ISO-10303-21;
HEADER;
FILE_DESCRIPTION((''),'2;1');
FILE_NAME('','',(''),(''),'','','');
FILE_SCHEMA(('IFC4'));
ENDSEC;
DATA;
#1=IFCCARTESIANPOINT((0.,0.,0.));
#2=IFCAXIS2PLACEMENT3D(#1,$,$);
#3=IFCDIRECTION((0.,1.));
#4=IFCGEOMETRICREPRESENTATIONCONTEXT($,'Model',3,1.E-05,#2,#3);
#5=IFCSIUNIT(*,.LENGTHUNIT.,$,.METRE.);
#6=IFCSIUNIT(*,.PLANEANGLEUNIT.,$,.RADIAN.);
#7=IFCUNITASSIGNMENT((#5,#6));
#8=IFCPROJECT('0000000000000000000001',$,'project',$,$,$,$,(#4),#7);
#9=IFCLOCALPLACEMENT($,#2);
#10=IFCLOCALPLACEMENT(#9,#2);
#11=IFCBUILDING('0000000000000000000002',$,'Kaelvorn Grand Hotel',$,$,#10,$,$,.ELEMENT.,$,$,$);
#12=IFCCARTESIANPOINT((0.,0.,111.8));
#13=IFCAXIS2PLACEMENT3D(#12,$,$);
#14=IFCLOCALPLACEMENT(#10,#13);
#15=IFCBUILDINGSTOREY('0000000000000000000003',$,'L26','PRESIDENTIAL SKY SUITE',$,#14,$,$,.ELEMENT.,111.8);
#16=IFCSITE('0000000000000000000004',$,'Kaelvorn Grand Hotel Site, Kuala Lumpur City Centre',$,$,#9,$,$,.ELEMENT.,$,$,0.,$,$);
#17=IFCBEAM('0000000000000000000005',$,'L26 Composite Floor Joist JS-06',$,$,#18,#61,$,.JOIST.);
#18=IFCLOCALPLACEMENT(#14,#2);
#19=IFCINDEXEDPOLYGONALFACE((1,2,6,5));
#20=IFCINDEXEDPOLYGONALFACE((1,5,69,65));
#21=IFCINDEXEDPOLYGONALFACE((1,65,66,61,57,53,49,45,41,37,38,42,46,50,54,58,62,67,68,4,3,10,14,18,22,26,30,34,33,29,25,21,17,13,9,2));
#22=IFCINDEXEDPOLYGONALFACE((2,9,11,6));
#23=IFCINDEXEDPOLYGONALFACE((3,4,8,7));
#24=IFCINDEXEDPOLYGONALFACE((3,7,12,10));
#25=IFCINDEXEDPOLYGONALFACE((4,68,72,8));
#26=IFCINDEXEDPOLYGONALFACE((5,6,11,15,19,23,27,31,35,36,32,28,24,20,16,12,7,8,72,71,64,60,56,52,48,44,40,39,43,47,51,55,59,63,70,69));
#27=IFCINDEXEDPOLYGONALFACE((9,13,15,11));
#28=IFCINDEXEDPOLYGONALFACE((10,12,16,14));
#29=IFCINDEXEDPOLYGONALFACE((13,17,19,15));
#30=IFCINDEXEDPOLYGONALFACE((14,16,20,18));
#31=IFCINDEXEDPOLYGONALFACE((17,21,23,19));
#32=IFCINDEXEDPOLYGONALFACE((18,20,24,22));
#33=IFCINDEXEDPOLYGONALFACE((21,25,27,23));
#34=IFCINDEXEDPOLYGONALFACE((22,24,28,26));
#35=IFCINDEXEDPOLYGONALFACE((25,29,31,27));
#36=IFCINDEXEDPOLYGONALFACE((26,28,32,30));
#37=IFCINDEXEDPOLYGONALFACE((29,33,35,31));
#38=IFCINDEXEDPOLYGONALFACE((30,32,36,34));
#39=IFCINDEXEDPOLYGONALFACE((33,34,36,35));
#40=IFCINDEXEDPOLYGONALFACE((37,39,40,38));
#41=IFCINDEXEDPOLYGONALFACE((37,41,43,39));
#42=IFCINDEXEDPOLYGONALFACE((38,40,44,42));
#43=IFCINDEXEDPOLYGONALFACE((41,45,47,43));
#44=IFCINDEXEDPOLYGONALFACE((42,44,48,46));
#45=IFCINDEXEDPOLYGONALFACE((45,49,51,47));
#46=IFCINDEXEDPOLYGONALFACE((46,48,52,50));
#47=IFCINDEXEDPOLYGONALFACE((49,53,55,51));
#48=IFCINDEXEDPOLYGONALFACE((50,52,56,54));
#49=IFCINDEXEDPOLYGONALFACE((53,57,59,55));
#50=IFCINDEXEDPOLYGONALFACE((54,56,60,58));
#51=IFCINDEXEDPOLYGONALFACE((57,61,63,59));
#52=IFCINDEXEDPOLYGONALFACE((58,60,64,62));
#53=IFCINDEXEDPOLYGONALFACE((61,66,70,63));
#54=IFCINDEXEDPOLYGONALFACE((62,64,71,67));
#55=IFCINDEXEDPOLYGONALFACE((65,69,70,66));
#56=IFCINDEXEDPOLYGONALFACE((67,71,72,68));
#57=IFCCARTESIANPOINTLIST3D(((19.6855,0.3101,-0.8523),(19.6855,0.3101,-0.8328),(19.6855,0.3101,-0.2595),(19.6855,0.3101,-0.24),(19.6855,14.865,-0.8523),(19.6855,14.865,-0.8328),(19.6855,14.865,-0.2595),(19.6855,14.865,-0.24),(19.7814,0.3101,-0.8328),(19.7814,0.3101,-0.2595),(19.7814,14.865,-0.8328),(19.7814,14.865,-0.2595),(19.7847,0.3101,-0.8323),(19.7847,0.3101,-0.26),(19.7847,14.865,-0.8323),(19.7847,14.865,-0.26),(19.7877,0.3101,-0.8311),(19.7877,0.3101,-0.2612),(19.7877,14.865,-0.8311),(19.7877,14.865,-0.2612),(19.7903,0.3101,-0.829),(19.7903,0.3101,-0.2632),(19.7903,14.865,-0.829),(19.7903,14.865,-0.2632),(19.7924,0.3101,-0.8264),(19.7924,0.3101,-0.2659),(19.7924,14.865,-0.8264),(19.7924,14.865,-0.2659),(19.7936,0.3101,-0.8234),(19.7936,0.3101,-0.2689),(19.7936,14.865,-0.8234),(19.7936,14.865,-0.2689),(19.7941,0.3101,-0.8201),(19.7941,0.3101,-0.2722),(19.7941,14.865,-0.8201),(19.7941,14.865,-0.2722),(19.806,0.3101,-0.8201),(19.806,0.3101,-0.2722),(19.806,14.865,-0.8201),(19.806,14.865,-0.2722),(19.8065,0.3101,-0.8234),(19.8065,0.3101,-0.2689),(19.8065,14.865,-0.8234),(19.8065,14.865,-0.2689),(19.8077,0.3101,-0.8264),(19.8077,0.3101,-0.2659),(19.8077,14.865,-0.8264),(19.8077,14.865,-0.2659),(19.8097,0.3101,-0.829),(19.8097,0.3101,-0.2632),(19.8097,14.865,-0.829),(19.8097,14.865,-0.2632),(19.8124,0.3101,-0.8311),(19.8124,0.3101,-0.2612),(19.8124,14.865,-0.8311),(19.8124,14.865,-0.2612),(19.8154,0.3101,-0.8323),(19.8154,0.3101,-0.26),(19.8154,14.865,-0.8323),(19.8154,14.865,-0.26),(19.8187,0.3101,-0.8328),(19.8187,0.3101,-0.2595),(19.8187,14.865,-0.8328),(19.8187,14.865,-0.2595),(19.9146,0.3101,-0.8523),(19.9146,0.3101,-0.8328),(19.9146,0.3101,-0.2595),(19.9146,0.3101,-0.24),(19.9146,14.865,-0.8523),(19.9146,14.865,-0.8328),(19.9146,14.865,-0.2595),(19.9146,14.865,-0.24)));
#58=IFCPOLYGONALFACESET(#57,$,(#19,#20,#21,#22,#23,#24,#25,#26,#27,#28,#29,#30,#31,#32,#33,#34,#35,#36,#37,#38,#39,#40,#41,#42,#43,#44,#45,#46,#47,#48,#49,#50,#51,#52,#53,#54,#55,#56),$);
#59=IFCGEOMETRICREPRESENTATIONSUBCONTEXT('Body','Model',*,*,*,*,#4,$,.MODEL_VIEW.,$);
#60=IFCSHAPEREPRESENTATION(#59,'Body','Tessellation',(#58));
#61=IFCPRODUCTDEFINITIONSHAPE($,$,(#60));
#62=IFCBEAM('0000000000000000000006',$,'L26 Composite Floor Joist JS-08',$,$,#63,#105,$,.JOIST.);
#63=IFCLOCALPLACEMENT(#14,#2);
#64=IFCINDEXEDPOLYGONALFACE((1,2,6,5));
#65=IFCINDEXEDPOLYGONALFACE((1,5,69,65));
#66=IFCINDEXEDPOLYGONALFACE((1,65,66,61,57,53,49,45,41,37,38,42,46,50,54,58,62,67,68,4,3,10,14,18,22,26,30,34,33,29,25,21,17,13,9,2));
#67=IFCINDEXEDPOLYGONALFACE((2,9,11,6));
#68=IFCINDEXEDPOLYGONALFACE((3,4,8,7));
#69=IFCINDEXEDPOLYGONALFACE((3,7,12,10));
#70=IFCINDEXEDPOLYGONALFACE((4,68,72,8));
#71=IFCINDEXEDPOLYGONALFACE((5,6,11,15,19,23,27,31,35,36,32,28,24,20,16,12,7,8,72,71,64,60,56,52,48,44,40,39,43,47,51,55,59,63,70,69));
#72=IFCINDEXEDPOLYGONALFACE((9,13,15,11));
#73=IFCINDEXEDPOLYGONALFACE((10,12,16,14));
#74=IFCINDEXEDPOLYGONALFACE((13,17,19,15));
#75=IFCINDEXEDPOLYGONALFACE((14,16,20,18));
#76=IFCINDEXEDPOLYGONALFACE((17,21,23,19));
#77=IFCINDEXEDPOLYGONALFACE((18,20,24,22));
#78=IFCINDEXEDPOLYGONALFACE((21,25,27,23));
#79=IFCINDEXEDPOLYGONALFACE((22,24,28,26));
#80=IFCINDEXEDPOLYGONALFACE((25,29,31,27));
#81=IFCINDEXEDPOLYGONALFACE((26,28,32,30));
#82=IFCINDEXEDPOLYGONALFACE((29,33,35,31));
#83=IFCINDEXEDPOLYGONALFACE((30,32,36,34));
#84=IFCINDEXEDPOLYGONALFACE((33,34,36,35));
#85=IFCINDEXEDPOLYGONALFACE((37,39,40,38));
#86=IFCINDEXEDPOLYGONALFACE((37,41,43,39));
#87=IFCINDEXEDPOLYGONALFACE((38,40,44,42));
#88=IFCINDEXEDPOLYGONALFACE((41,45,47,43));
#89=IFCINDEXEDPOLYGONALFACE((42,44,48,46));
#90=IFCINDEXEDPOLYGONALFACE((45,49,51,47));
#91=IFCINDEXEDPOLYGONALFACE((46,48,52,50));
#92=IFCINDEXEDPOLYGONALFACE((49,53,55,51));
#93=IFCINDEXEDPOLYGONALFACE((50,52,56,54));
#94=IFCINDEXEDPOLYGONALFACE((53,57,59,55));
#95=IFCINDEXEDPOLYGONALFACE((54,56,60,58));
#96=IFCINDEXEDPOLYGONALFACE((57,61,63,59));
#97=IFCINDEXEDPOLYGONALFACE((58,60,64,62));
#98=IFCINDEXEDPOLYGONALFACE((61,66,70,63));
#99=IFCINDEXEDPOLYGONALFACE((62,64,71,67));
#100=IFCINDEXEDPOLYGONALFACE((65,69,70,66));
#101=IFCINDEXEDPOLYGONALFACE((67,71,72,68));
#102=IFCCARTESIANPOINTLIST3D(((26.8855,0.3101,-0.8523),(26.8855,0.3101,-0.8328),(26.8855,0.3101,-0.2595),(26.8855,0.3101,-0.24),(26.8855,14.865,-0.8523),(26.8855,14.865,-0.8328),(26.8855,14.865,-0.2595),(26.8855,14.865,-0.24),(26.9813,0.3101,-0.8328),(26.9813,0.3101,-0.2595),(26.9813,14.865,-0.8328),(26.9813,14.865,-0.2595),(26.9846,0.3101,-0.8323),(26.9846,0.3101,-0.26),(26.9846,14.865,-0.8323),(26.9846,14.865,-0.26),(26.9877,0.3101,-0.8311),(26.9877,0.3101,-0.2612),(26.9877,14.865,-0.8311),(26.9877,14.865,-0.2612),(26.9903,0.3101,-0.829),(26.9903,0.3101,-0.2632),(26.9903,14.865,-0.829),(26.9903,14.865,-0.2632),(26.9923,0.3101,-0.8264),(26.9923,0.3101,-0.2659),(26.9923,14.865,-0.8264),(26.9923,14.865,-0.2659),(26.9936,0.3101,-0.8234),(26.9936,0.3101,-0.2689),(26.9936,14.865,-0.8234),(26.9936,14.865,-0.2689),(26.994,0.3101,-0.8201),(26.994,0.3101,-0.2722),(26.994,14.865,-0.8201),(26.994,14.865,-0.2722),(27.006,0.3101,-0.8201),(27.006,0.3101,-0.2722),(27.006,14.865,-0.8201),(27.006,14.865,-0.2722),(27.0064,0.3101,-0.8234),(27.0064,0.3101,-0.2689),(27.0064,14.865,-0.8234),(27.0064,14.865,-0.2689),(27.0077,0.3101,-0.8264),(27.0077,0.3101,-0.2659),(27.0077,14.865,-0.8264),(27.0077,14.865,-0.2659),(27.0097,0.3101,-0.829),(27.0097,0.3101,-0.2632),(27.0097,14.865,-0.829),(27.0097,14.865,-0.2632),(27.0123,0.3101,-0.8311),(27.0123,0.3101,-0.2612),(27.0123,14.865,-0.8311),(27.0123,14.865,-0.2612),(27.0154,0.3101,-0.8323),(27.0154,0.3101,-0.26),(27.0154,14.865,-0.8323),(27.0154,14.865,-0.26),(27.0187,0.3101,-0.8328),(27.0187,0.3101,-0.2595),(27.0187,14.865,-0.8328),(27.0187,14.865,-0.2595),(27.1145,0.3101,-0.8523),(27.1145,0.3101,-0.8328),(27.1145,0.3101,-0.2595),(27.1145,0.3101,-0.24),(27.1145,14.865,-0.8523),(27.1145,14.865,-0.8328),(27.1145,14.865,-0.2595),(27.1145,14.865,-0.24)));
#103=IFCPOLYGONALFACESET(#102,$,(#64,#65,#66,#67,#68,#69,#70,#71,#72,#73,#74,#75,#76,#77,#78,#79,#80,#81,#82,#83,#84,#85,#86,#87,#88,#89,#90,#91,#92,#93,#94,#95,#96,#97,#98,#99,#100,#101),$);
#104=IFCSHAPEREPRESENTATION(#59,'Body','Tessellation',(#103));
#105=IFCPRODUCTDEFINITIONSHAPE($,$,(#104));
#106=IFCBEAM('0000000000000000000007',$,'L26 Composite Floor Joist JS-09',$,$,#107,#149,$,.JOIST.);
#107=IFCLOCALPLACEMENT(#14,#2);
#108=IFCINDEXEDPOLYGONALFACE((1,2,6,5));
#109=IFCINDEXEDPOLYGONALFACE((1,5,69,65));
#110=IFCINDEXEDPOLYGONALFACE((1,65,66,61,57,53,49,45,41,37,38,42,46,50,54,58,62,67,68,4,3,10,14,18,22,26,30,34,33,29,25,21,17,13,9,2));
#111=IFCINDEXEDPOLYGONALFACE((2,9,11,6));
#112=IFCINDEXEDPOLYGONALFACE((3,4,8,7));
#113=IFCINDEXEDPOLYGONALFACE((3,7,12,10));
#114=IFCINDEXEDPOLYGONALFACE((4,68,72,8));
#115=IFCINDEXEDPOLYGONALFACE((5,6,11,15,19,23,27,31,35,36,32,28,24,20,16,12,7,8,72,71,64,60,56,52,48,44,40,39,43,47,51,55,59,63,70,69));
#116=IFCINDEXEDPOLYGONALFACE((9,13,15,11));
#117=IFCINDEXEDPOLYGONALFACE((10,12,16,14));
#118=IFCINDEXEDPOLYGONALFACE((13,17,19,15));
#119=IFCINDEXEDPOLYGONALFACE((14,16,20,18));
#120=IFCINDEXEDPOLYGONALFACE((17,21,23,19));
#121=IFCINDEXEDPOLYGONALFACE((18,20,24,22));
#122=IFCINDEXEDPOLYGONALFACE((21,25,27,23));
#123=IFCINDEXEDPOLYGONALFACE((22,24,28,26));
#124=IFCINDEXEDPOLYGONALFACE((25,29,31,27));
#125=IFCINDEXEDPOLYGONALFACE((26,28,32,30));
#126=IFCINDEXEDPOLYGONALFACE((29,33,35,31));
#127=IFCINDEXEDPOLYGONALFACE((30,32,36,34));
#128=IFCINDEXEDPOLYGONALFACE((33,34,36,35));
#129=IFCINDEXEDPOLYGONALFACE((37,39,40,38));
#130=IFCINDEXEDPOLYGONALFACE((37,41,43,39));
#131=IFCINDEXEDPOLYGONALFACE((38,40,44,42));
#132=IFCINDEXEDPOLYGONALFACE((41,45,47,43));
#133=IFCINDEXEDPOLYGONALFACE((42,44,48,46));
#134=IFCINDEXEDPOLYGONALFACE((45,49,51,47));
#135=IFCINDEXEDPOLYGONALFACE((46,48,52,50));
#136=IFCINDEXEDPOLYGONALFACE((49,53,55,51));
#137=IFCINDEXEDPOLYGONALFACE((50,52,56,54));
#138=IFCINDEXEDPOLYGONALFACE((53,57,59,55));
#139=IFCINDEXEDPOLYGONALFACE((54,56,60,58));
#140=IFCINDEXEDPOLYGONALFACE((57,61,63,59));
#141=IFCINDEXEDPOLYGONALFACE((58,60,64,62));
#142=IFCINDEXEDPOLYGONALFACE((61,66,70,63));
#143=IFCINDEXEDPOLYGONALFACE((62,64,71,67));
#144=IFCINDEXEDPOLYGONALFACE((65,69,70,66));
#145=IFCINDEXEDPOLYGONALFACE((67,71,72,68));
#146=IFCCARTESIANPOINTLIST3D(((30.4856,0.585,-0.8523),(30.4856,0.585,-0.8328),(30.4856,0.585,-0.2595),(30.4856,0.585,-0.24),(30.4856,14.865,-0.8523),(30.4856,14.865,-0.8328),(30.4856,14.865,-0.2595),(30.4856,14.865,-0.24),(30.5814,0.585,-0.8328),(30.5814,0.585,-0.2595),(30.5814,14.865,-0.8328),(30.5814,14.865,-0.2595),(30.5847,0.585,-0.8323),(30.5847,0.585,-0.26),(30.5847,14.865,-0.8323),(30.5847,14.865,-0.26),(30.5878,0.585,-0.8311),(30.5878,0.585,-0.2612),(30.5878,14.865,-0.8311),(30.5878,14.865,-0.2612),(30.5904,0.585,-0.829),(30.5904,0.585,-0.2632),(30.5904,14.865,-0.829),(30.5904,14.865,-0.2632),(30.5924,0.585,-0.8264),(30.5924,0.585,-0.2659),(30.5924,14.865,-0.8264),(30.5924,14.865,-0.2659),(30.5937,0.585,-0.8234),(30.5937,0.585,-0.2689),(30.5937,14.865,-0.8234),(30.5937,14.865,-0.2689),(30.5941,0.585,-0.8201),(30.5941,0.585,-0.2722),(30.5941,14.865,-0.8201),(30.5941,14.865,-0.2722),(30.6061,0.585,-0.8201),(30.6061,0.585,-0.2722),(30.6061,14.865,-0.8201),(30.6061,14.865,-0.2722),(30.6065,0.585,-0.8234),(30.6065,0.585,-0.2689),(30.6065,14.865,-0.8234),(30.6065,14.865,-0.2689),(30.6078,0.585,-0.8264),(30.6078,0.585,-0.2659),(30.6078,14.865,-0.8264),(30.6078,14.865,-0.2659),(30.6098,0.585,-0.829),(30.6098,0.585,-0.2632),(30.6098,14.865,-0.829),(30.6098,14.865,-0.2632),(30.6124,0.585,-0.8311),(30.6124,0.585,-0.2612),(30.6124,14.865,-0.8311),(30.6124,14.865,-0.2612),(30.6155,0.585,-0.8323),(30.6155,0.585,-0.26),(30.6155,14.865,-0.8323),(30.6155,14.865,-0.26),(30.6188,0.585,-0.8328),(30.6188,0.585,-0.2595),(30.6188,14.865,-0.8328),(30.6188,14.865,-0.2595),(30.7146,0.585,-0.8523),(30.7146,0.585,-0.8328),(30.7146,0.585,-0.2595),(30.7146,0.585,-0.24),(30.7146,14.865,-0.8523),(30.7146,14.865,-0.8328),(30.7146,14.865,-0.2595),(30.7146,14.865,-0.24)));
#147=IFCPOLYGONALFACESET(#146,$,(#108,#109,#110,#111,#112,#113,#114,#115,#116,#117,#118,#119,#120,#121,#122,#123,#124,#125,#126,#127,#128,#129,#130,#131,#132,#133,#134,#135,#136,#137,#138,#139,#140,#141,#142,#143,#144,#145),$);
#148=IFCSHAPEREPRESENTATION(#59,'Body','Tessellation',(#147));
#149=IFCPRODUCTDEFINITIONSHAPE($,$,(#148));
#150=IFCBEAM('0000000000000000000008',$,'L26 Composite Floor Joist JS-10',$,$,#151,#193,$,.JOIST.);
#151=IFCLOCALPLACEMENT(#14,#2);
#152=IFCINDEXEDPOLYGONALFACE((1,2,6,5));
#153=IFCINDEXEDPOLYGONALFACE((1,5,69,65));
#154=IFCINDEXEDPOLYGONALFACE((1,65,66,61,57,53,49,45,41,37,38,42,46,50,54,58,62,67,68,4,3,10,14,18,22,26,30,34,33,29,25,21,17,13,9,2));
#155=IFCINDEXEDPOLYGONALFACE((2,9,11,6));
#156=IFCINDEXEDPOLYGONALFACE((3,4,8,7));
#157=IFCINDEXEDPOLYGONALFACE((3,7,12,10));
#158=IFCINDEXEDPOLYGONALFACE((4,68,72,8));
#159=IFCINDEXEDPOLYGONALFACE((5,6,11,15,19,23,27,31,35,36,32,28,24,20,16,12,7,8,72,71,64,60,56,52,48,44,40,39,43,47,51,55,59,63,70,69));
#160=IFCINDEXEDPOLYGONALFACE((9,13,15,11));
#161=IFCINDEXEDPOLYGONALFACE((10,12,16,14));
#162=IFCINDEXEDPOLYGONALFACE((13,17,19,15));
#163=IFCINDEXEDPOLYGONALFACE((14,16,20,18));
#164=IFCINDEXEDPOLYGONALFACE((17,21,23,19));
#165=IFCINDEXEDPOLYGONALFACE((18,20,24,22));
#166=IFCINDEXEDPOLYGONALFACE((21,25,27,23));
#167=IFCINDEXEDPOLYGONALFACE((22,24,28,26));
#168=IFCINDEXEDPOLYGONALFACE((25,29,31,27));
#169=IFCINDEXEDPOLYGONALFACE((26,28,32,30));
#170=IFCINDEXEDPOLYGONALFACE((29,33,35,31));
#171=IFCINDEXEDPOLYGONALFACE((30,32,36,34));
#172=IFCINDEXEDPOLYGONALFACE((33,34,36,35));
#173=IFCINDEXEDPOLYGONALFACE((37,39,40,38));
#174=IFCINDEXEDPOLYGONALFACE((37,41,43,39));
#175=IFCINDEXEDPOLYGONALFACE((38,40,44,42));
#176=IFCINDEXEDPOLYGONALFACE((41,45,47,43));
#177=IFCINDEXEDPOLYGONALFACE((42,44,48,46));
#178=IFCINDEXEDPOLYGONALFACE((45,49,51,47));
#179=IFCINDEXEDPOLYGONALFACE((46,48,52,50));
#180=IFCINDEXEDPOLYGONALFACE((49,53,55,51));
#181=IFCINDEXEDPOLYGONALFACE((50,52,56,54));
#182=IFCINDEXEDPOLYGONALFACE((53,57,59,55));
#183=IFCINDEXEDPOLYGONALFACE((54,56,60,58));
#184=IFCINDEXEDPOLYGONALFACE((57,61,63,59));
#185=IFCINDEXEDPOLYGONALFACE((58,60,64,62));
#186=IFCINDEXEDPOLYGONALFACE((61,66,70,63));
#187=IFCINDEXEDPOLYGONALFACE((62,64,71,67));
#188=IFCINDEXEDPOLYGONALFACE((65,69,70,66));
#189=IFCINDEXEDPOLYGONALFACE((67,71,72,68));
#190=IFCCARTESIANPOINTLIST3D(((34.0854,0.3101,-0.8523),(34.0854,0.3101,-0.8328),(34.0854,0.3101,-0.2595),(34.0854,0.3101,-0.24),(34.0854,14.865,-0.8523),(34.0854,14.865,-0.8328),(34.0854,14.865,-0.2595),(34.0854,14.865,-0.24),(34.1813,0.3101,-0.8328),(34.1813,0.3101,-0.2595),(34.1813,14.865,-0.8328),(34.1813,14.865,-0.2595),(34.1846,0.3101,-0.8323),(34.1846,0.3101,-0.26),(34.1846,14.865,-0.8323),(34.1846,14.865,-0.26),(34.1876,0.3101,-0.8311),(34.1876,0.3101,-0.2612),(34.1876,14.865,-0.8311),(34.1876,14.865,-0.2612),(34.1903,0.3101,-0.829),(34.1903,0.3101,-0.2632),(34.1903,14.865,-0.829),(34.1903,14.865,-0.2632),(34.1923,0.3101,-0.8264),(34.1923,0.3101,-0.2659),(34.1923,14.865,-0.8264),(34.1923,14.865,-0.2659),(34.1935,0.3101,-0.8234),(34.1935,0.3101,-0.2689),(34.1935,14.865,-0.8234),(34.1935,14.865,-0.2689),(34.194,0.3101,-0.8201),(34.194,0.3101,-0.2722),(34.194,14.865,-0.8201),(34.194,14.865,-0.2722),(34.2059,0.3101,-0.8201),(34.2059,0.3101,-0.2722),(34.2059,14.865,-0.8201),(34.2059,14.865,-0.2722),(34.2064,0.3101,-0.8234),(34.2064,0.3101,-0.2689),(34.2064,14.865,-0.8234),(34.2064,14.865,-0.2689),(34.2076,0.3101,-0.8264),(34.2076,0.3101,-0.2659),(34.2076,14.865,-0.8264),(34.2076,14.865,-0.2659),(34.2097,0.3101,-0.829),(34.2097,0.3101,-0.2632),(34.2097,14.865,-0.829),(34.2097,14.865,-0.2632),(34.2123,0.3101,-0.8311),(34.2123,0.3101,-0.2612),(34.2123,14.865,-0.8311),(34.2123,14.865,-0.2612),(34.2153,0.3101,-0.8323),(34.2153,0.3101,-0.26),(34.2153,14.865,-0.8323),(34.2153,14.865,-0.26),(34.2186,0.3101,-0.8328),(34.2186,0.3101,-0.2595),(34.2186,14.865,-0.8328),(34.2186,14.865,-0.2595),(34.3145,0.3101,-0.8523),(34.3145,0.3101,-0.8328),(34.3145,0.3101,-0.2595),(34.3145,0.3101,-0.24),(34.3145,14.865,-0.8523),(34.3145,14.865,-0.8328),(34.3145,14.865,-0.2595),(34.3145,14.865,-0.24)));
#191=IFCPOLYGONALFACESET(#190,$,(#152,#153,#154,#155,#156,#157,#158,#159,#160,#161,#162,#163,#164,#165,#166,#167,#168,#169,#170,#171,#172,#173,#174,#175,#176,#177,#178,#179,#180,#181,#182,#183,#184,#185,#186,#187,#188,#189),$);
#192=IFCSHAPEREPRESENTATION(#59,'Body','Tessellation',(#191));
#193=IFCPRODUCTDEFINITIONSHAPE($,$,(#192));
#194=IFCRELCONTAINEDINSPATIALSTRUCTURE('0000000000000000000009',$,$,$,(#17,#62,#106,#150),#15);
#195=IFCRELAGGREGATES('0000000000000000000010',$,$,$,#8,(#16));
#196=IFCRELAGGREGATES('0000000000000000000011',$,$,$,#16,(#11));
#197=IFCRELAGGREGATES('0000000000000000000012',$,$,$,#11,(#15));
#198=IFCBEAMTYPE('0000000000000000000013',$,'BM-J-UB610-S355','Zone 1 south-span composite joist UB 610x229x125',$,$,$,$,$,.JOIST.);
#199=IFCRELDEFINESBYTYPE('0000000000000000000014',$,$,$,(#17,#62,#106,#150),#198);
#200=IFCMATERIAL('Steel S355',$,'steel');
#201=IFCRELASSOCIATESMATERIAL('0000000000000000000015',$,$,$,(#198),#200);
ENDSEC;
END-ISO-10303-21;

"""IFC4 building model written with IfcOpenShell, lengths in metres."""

from ifc_helpers import new_model, si_unit, direction, frame, origin, origin_2d, place, context, subcontext, project, spatial, i_section, extrude, material, material_profile, profile_set, type_object, element, save


model = new_model("IFC4")

# Units and contexts
model_context = context("Model", 3, precision=1e-05, world=origin(), true_north=direction((0.0, 1.0)))
body_context = subcontext(model_context, "Body", "Model", "MODEL_VIEW")
ifc_project = project(units=[si_unit("LENGTHUNIT", "METRE"), si_unit("PLANEANGLEUNIT", "RADIAN")], contexts=[model_context])

# Site, building, storey
site_placement = place(None, origin())
site = spatial("IfcSite", under=ifc_project, at=site_placement, Name="Kaelvorn Grand Hotel Site, Kuala Lumpur City Centre", CompositionType="ELEMENT", RefElevation=0.0)
building_placement = place(site_placement, origin())
building = spatial("IfcBuilding", under=site, at=building_placement, Name="Kaelvorn Grand Hotel", CompositionType="ELEMENT")
storey_placement = place(building_placement, frame((0.0, 0.0, 111.8)))
storey = spatial("IfcBuildingStorey", under=building, at=storey_placement, Name="L26", Description="PRESIDENTIAL SKY SUITE", CompositionType="ELEMENT", Elevation=111.8)

# Beams
ifc_material_1 = material(Name="Steel S355", Category="steel")
ifc_material_profile_1 = material_profile(ifc_material_1, i_section(OverallWidth=0.229, OverallDepth=0.6123, WebThickness=0.012, FlangeThickness=0.0195, FilletRadius=0.0127, at=origin_2d()), Name="UB 610x229x125")
ifc_profile_set_1 = profile_set([ifc_material_profile_1], Name="Steel S355")
beam_type_1 = type_object("IfcBeamType", Name="BM-J-UB610-S355", Description="Zone 1 south-span composite joist UB 610x229x125", PredefinedType="JOIST", material=ifc_profile_set_1)
for number, where, z_axis, x_axis, name in (
    (1, (19.8, 0.3101, -0.5461), (0.0, 1.0, 0.0), (-1.0, 0.0, 0.0), "L26 Composite Floor Joist JS-06"),
    (2, (27.0, 0.3101, -0.5461), (0.0, 1.0, 0.0), (-1.0, 0.0, 0.0), "L26 Composite Floor Joist JS-08"),
):
    element("IfcBeam", number, at=place(storey_placement, frame(where, z_axis=z_axis, x_axis=x_axis)), inside=storey, type_object=beam_type_1, Name=name, PredefinedType="JOIST", context=body_context, shape_type="SweptSolid", body=[
        extrude(i_section(OverallWidth=0.229, OverallDepth=0.6123, WebThickness=0.012, FlangeThickness=0.0195, FilletRadius=0.0127, at=origin_2d()), origin(), (0.0, 0.0, 1.0), 14.5549),
    ])
beam_1_placement = place(storey_placement, frame((30.6001, 0.585, -0.5461), z_axis=(0.0, 1.0, 0.0), x_axis=(-1.0, 0.0, 0.0)))
element("IfcBeam", 3, at=beam_1_placement, inside=storey, type_object=beam_type_1, Name="L26 Composite Floor Joist JS-09", PredefinedType="JOIST", context=body_context, shape_type="SweptSolid", body=[
    extrude(i_section(OverallWidth=0.229, OverallDepth=0.6123, WebThickness=0.012, FlangeThickness=0.0195, FilletRadius=0.0127, at=origin_2d()), origin(), (0.0, 0.0, 1.0), 14.28),
])
beam_2_placement = place(storey_placement, frame((34.2, 0.3101, -0.5461), z_axis=(0.0, 1.0, 0.0), x_axis=(-1.0, 0.0, 0.0)))
element("IfcBeam", 4, at=beam_2_placement, inside=storey, type_object=beam_type_1, Name="L26 Composite Floor Joist JS-10", PredefinedType="JOIST", context=body_context, shape_type="SweptSolid", body=[
    extrude(i_section(OverallWidth=0.229, OverallDepth=0.6123, WebThickness=0.012, FlangeThickness=0.0195, FilletRadius=0.0127, at=origin_2d()), origin(), (0.0, 0.0, 1.0), 14.5549),
])

save(model, "model.ifc")
